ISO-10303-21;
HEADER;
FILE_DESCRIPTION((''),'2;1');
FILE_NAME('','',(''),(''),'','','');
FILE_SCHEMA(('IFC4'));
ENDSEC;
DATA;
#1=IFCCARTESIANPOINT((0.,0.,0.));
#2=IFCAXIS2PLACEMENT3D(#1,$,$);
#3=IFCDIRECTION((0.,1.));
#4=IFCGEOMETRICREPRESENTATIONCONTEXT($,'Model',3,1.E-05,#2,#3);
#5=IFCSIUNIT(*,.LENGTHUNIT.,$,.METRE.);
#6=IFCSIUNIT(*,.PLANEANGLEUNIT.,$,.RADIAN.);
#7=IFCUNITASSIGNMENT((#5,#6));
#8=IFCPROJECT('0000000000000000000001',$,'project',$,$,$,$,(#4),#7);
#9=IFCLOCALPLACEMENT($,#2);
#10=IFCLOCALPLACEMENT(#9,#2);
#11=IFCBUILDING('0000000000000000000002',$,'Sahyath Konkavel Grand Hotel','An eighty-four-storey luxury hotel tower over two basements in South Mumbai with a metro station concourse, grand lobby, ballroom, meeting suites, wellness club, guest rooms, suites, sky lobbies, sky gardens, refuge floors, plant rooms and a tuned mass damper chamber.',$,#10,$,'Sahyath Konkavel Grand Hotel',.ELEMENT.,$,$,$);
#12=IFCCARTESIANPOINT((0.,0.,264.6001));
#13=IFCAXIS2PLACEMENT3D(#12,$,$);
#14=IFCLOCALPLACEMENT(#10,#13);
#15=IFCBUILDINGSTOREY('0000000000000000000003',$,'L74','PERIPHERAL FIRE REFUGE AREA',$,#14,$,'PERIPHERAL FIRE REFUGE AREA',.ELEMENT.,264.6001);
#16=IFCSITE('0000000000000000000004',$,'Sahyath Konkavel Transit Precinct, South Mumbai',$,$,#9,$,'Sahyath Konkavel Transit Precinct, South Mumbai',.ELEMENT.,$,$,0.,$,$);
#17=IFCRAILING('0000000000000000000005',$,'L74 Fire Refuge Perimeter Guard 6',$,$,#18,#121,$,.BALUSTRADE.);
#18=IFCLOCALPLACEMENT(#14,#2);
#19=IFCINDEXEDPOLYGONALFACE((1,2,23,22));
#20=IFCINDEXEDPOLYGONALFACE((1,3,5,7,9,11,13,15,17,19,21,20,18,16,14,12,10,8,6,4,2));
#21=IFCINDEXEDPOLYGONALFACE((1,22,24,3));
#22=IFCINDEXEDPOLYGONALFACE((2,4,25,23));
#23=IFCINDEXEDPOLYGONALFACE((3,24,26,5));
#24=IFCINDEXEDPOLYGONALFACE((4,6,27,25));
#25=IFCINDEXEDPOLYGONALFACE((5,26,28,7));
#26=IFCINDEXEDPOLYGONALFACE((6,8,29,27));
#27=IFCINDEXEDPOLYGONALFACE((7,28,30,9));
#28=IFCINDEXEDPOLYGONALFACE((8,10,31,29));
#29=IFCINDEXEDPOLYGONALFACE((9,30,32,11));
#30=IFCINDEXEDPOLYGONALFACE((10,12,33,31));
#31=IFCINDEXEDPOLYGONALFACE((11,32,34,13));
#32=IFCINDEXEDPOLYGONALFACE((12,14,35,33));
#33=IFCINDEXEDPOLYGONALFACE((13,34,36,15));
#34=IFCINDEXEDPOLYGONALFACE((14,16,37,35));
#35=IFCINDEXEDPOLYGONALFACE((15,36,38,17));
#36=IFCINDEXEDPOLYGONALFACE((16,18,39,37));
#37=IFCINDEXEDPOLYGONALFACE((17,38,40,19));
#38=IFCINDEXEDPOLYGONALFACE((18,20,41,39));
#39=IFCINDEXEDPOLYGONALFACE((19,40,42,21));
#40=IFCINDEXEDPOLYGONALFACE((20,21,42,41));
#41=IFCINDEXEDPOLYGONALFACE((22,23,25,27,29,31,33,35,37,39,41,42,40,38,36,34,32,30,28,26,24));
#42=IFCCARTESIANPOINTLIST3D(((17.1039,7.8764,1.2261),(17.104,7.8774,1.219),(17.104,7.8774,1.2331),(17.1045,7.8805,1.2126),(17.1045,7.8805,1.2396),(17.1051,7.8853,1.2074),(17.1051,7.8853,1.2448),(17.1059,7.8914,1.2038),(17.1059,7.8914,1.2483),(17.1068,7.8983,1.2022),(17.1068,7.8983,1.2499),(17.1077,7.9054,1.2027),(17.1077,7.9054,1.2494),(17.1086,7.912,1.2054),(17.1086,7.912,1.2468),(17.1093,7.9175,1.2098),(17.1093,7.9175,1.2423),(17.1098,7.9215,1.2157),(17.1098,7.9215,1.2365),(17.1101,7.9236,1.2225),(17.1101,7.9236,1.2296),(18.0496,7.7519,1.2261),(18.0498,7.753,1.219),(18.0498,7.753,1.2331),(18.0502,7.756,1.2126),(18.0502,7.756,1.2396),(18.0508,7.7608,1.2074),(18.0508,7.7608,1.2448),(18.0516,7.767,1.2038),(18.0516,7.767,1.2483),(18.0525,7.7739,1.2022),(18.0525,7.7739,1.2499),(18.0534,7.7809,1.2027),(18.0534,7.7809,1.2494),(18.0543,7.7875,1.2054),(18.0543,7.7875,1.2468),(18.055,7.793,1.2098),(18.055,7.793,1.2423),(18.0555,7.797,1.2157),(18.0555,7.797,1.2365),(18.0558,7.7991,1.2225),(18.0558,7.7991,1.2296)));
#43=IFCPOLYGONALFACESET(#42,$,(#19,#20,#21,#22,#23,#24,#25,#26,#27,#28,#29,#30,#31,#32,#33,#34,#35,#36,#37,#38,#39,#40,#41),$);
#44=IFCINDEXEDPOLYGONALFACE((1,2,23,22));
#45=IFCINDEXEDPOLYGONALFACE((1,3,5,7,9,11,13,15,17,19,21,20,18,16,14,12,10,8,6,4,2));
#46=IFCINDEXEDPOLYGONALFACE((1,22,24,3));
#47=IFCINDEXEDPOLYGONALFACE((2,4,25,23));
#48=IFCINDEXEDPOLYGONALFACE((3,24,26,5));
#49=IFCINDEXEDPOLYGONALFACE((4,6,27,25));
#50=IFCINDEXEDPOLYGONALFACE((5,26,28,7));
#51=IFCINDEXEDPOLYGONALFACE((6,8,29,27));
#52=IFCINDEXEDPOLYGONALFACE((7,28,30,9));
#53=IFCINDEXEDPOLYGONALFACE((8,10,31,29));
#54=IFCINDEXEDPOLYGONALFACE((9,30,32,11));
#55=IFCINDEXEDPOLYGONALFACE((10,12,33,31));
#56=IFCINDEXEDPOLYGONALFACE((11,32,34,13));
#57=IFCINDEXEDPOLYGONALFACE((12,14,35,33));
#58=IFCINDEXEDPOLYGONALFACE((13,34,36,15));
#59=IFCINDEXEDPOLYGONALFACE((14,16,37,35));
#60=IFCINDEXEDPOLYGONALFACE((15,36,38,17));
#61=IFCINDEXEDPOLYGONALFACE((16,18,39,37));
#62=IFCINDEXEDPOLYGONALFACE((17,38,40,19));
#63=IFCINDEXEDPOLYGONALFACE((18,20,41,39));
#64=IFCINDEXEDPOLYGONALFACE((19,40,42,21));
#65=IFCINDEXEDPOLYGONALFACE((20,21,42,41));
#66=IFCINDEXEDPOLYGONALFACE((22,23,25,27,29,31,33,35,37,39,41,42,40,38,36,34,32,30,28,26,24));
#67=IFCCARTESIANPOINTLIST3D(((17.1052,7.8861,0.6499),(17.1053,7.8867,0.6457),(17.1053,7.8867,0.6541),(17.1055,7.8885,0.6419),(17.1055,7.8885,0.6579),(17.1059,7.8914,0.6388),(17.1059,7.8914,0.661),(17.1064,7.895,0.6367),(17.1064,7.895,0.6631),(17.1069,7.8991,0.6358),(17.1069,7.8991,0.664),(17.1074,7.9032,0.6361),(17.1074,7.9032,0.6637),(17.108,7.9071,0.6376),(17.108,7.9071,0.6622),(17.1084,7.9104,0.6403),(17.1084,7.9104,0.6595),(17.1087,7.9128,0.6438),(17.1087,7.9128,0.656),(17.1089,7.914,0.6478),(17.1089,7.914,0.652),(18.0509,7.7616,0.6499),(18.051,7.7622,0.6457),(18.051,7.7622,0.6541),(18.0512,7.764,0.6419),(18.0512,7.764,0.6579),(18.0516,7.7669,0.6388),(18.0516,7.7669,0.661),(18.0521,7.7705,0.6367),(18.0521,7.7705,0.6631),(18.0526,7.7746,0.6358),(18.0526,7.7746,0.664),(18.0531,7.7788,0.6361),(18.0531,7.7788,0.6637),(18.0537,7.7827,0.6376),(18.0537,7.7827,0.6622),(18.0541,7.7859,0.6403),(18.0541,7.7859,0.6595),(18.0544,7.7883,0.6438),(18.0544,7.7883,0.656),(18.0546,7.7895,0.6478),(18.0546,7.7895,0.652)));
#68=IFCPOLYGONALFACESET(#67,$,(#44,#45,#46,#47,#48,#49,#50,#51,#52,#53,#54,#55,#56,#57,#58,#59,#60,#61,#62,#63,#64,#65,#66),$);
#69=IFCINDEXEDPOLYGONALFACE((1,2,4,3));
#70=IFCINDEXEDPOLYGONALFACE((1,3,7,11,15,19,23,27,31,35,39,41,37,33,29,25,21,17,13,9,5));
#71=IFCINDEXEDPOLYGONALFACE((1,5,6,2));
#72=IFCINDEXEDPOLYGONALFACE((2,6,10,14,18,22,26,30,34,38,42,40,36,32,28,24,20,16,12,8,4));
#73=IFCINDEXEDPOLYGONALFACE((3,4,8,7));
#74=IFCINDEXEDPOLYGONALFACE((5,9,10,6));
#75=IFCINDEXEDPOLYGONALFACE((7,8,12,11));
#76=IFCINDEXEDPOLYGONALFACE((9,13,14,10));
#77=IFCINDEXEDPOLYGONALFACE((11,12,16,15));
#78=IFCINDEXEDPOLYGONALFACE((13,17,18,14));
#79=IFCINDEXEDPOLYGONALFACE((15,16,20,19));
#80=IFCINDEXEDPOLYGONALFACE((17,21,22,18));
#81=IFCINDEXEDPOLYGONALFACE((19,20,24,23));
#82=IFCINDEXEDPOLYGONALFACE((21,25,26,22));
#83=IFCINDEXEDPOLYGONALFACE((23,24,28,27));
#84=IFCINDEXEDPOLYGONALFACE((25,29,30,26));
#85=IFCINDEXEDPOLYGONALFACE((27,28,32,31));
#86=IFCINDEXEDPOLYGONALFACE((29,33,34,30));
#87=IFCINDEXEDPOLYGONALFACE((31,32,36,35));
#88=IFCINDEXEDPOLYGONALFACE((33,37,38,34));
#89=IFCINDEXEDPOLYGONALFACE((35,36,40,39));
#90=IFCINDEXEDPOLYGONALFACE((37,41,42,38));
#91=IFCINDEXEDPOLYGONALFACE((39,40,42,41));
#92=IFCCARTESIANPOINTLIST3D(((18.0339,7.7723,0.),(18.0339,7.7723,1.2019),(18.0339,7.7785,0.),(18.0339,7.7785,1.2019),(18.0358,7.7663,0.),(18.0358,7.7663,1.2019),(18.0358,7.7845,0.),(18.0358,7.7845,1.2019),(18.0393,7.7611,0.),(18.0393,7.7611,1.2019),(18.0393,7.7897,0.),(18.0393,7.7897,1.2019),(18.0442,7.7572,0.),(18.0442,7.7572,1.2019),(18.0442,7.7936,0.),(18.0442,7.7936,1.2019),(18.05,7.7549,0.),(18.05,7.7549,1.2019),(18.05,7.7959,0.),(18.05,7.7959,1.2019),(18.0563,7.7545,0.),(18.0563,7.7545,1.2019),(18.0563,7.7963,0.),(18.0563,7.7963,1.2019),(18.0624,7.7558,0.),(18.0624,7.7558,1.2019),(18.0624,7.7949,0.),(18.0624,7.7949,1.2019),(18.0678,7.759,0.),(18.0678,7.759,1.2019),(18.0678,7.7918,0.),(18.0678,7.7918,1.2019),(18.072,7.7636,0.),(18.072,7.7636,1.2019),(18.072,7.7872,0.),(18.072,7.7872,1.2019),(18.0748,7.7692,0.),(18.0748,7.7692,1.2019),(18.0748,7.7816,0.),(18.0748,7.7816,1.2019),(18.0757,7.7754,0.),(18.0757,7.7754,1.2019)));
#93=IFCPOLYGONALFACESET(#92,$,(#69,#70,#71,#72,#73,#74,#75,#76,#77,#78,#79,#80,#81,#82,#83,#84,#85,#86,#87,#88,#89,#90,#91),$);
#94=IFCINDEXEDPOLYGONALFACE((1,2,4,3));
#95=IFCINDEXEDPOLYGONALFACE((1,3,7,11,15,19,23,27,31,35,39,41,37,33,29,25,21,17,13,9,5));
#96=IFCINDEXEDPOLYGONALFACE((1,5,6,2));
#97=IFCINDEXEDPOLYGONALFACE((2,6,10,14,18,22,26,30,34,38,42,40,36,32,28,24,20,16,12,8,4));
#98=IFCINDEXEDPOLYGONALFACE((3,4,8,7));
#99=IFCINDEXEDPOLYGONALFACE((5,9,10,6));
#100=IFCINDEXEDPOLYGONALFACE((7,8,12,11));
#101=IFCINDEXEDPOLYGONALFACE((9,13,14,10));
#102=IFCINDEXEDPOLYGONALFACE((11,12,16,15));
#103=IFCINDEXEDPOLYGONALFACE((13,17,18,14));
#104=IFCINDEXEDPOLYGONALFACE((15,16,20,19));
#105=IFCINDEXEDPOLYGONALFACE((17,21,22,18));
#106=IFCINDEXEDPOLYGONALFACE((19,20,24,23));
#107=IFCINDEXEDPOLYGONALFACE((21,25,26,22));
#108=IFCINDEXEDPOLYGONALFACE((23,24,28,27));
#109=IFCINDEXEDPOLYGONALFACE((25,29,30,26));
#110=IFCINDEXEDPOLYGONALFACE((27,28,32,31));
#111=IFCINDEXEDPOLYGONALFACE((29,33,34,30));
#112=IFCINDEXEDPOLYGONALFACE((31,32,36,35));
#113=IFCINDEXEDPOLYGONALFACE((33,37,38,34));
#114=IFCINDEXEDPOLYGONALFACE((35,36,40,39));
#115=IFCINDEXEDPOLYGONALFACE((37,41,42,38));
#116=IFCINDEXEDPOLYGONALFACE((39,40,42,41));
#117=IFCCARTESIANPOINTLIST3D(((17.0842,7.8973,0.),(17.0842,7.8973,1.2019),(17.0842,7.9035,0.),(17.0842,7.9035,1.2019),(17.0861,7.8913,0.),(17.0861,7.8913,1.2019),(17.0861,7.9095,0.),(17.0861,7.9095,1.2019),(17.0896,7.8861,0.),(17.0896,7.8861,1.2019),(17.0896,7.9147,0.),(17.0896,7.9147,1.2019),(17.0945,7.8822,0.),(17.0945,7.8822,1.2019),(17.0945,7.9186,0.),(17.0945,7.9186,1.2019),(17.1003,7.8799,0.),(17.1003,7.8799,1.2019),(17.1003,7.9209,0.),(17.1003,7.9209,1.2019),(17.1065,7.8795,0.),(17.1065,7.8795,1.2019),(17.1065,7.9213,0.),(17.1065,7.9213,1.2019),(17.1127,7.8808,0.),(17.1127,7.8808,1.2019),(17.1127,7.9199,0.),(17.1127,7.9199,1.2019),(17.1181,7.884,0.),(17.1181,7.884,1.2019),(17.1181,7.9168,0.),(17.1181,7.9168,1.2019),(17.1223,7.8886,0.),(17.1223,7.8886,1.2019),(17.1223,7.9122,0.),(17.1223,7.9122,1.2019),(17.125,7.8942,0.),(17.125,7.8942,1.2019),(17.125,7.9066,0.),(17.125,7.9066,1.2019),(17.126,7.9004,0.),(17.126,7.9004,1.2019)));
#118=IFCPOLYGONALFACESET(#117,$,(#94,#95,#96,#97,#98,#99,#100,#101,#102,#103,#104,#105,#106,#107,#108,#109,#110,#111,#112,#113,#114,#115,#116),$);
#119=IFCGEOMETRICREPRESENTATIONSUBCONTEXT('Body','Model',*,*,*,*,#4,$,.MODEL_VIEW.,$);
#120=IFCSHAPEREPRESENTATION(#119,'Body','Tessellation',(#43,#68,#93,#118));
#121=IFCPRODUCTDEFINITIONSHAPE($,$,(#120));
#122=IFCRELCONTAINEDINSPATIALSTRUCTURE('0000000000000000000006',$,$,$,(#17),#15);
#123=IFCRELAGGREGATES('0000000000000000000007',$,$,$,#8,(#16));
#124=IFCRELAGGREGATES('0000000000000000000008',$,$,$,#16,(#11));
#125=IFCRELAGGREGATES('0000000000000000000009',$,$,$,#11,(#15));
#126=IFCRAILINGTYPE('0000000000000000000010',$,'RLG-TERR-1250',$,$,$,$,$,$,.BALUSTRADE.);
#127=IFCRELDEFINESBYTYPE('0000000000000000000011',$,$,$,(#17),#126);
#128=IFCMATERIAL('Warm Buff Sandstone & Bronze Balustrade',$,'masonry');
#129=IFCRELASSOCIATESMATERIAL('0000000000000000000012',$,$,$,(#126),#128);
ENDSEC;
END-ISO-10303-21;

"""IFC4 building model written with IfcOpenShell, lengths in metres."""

from ifc_helpers import new_model, si_unit, direction, frame, origin, origin_2d, place, context, subcontext, project, spatial, circle, extrude, material, type_object, element, save


model = new_model("IFC4")

# Units and contexts
model_context = context("Model", 3, precision=1e-05, world=origin(), true_north=direction((0.0, 1.0)))
body_context = subcontext(model_context, "Body", "Model", "MODEL_VIEW")
ifc_project = project(units=[si_unit("LENGTHUNIT", "METRE"), si_unit("PLANEANGLEUNIT", "RADIAN")], contexts=[model_context])

# Site, building, storey
site_placement = place(None, origin())
site = spatial("IfcSite", under=ifc_project, at=site_placement, Name="Sahyath Konkavel Transit Precinct, South Mumbai", LongName="Sahyath Konkavel Transit Precinct, South Mumbai", CompositionType="ELEMENT", RefElevation=0.0)
building_placement = place(site_placement, origin())
building = spatial("IfcBuilding", under=site, at=building_placement, Name="Sahyath Konkavel Grand Hotel", Description="An eighty-four-storey luxury hotel tower over two basements in South Mumbai with a metro station concourse, grand lobby, ballroom, meeting suites, wellness club, guest rooms, suites, sky lobbies, sky gardens, refuge floors, plant rooms and a tuned mass damper chamber.", LongName="Sahyath Konkavel Grand Hotel", CompositionType="ELEMENT")
storey_placement = place(building_placement, frame((0.0, 0.0, 264.6001)))
storey = spatial("IfcBuildingStorey", under=building, at=storey_placement, Name="L74", Description="PERIPHERAL FIRE REFUGE AREA", LongName="PERIPHERAL FIRE REFUGE AREA", CompositionType="ELEMENT", Elevation=264.6001)

# Railing
ifc_material_1 = material(Name="Warm Buff Sandstone & Bronze Balustrade", Category="masonry")
railing_type = type_object("IfcRailingType", Name="RLG-TERR-1250", PredefinedType="BALUSTRADE", material=ifc_material_1)
railing_1_placement = place(storey_placement, frame((18.0547, 7.7754, 0.0)))
element("IfcRailing", 1, at=railing_1_placement, inside=storey, type_object=railing_type, Name="L74 Fire Refuge Perimeter Guard 6", PredefinedType="BALUSTRADE", context=body_context, shape_type="SweptSolid", body=[
    extrude(circle(Radius=0.0239, at=origin_2d()), frame((-0.002, 0.0002, 1.2261), z_axis=(-0.991449, 0.130494, 0.0), x_axis=(-0.130494, -0.991449, 0.0)), (0.0, 0.0, 1.0), 0.9539),
    extrude(circle(Radius=0.0142, at=origin_2d()), frame((-0.002, 0.0002, 0.6499), z_axis=(-0.991449, 0.130494, 0.0), x_axis=(-0.130494, -0.991449, 0.0)), (0.0, 0.0, 1.0), 0.9539),
    extrude(circle(Radius=0.021, at=origin_2d()), origin(), (0.0, 0.0, 1.0), 1.2019),
    extrude(circle(Radius=0.021, at=origin_2d()), frame((-0.9497, 0.125, 0.0)), (0.0, 0.0, 1.0), 1.2019),
])

save(model, "model.ifc")
